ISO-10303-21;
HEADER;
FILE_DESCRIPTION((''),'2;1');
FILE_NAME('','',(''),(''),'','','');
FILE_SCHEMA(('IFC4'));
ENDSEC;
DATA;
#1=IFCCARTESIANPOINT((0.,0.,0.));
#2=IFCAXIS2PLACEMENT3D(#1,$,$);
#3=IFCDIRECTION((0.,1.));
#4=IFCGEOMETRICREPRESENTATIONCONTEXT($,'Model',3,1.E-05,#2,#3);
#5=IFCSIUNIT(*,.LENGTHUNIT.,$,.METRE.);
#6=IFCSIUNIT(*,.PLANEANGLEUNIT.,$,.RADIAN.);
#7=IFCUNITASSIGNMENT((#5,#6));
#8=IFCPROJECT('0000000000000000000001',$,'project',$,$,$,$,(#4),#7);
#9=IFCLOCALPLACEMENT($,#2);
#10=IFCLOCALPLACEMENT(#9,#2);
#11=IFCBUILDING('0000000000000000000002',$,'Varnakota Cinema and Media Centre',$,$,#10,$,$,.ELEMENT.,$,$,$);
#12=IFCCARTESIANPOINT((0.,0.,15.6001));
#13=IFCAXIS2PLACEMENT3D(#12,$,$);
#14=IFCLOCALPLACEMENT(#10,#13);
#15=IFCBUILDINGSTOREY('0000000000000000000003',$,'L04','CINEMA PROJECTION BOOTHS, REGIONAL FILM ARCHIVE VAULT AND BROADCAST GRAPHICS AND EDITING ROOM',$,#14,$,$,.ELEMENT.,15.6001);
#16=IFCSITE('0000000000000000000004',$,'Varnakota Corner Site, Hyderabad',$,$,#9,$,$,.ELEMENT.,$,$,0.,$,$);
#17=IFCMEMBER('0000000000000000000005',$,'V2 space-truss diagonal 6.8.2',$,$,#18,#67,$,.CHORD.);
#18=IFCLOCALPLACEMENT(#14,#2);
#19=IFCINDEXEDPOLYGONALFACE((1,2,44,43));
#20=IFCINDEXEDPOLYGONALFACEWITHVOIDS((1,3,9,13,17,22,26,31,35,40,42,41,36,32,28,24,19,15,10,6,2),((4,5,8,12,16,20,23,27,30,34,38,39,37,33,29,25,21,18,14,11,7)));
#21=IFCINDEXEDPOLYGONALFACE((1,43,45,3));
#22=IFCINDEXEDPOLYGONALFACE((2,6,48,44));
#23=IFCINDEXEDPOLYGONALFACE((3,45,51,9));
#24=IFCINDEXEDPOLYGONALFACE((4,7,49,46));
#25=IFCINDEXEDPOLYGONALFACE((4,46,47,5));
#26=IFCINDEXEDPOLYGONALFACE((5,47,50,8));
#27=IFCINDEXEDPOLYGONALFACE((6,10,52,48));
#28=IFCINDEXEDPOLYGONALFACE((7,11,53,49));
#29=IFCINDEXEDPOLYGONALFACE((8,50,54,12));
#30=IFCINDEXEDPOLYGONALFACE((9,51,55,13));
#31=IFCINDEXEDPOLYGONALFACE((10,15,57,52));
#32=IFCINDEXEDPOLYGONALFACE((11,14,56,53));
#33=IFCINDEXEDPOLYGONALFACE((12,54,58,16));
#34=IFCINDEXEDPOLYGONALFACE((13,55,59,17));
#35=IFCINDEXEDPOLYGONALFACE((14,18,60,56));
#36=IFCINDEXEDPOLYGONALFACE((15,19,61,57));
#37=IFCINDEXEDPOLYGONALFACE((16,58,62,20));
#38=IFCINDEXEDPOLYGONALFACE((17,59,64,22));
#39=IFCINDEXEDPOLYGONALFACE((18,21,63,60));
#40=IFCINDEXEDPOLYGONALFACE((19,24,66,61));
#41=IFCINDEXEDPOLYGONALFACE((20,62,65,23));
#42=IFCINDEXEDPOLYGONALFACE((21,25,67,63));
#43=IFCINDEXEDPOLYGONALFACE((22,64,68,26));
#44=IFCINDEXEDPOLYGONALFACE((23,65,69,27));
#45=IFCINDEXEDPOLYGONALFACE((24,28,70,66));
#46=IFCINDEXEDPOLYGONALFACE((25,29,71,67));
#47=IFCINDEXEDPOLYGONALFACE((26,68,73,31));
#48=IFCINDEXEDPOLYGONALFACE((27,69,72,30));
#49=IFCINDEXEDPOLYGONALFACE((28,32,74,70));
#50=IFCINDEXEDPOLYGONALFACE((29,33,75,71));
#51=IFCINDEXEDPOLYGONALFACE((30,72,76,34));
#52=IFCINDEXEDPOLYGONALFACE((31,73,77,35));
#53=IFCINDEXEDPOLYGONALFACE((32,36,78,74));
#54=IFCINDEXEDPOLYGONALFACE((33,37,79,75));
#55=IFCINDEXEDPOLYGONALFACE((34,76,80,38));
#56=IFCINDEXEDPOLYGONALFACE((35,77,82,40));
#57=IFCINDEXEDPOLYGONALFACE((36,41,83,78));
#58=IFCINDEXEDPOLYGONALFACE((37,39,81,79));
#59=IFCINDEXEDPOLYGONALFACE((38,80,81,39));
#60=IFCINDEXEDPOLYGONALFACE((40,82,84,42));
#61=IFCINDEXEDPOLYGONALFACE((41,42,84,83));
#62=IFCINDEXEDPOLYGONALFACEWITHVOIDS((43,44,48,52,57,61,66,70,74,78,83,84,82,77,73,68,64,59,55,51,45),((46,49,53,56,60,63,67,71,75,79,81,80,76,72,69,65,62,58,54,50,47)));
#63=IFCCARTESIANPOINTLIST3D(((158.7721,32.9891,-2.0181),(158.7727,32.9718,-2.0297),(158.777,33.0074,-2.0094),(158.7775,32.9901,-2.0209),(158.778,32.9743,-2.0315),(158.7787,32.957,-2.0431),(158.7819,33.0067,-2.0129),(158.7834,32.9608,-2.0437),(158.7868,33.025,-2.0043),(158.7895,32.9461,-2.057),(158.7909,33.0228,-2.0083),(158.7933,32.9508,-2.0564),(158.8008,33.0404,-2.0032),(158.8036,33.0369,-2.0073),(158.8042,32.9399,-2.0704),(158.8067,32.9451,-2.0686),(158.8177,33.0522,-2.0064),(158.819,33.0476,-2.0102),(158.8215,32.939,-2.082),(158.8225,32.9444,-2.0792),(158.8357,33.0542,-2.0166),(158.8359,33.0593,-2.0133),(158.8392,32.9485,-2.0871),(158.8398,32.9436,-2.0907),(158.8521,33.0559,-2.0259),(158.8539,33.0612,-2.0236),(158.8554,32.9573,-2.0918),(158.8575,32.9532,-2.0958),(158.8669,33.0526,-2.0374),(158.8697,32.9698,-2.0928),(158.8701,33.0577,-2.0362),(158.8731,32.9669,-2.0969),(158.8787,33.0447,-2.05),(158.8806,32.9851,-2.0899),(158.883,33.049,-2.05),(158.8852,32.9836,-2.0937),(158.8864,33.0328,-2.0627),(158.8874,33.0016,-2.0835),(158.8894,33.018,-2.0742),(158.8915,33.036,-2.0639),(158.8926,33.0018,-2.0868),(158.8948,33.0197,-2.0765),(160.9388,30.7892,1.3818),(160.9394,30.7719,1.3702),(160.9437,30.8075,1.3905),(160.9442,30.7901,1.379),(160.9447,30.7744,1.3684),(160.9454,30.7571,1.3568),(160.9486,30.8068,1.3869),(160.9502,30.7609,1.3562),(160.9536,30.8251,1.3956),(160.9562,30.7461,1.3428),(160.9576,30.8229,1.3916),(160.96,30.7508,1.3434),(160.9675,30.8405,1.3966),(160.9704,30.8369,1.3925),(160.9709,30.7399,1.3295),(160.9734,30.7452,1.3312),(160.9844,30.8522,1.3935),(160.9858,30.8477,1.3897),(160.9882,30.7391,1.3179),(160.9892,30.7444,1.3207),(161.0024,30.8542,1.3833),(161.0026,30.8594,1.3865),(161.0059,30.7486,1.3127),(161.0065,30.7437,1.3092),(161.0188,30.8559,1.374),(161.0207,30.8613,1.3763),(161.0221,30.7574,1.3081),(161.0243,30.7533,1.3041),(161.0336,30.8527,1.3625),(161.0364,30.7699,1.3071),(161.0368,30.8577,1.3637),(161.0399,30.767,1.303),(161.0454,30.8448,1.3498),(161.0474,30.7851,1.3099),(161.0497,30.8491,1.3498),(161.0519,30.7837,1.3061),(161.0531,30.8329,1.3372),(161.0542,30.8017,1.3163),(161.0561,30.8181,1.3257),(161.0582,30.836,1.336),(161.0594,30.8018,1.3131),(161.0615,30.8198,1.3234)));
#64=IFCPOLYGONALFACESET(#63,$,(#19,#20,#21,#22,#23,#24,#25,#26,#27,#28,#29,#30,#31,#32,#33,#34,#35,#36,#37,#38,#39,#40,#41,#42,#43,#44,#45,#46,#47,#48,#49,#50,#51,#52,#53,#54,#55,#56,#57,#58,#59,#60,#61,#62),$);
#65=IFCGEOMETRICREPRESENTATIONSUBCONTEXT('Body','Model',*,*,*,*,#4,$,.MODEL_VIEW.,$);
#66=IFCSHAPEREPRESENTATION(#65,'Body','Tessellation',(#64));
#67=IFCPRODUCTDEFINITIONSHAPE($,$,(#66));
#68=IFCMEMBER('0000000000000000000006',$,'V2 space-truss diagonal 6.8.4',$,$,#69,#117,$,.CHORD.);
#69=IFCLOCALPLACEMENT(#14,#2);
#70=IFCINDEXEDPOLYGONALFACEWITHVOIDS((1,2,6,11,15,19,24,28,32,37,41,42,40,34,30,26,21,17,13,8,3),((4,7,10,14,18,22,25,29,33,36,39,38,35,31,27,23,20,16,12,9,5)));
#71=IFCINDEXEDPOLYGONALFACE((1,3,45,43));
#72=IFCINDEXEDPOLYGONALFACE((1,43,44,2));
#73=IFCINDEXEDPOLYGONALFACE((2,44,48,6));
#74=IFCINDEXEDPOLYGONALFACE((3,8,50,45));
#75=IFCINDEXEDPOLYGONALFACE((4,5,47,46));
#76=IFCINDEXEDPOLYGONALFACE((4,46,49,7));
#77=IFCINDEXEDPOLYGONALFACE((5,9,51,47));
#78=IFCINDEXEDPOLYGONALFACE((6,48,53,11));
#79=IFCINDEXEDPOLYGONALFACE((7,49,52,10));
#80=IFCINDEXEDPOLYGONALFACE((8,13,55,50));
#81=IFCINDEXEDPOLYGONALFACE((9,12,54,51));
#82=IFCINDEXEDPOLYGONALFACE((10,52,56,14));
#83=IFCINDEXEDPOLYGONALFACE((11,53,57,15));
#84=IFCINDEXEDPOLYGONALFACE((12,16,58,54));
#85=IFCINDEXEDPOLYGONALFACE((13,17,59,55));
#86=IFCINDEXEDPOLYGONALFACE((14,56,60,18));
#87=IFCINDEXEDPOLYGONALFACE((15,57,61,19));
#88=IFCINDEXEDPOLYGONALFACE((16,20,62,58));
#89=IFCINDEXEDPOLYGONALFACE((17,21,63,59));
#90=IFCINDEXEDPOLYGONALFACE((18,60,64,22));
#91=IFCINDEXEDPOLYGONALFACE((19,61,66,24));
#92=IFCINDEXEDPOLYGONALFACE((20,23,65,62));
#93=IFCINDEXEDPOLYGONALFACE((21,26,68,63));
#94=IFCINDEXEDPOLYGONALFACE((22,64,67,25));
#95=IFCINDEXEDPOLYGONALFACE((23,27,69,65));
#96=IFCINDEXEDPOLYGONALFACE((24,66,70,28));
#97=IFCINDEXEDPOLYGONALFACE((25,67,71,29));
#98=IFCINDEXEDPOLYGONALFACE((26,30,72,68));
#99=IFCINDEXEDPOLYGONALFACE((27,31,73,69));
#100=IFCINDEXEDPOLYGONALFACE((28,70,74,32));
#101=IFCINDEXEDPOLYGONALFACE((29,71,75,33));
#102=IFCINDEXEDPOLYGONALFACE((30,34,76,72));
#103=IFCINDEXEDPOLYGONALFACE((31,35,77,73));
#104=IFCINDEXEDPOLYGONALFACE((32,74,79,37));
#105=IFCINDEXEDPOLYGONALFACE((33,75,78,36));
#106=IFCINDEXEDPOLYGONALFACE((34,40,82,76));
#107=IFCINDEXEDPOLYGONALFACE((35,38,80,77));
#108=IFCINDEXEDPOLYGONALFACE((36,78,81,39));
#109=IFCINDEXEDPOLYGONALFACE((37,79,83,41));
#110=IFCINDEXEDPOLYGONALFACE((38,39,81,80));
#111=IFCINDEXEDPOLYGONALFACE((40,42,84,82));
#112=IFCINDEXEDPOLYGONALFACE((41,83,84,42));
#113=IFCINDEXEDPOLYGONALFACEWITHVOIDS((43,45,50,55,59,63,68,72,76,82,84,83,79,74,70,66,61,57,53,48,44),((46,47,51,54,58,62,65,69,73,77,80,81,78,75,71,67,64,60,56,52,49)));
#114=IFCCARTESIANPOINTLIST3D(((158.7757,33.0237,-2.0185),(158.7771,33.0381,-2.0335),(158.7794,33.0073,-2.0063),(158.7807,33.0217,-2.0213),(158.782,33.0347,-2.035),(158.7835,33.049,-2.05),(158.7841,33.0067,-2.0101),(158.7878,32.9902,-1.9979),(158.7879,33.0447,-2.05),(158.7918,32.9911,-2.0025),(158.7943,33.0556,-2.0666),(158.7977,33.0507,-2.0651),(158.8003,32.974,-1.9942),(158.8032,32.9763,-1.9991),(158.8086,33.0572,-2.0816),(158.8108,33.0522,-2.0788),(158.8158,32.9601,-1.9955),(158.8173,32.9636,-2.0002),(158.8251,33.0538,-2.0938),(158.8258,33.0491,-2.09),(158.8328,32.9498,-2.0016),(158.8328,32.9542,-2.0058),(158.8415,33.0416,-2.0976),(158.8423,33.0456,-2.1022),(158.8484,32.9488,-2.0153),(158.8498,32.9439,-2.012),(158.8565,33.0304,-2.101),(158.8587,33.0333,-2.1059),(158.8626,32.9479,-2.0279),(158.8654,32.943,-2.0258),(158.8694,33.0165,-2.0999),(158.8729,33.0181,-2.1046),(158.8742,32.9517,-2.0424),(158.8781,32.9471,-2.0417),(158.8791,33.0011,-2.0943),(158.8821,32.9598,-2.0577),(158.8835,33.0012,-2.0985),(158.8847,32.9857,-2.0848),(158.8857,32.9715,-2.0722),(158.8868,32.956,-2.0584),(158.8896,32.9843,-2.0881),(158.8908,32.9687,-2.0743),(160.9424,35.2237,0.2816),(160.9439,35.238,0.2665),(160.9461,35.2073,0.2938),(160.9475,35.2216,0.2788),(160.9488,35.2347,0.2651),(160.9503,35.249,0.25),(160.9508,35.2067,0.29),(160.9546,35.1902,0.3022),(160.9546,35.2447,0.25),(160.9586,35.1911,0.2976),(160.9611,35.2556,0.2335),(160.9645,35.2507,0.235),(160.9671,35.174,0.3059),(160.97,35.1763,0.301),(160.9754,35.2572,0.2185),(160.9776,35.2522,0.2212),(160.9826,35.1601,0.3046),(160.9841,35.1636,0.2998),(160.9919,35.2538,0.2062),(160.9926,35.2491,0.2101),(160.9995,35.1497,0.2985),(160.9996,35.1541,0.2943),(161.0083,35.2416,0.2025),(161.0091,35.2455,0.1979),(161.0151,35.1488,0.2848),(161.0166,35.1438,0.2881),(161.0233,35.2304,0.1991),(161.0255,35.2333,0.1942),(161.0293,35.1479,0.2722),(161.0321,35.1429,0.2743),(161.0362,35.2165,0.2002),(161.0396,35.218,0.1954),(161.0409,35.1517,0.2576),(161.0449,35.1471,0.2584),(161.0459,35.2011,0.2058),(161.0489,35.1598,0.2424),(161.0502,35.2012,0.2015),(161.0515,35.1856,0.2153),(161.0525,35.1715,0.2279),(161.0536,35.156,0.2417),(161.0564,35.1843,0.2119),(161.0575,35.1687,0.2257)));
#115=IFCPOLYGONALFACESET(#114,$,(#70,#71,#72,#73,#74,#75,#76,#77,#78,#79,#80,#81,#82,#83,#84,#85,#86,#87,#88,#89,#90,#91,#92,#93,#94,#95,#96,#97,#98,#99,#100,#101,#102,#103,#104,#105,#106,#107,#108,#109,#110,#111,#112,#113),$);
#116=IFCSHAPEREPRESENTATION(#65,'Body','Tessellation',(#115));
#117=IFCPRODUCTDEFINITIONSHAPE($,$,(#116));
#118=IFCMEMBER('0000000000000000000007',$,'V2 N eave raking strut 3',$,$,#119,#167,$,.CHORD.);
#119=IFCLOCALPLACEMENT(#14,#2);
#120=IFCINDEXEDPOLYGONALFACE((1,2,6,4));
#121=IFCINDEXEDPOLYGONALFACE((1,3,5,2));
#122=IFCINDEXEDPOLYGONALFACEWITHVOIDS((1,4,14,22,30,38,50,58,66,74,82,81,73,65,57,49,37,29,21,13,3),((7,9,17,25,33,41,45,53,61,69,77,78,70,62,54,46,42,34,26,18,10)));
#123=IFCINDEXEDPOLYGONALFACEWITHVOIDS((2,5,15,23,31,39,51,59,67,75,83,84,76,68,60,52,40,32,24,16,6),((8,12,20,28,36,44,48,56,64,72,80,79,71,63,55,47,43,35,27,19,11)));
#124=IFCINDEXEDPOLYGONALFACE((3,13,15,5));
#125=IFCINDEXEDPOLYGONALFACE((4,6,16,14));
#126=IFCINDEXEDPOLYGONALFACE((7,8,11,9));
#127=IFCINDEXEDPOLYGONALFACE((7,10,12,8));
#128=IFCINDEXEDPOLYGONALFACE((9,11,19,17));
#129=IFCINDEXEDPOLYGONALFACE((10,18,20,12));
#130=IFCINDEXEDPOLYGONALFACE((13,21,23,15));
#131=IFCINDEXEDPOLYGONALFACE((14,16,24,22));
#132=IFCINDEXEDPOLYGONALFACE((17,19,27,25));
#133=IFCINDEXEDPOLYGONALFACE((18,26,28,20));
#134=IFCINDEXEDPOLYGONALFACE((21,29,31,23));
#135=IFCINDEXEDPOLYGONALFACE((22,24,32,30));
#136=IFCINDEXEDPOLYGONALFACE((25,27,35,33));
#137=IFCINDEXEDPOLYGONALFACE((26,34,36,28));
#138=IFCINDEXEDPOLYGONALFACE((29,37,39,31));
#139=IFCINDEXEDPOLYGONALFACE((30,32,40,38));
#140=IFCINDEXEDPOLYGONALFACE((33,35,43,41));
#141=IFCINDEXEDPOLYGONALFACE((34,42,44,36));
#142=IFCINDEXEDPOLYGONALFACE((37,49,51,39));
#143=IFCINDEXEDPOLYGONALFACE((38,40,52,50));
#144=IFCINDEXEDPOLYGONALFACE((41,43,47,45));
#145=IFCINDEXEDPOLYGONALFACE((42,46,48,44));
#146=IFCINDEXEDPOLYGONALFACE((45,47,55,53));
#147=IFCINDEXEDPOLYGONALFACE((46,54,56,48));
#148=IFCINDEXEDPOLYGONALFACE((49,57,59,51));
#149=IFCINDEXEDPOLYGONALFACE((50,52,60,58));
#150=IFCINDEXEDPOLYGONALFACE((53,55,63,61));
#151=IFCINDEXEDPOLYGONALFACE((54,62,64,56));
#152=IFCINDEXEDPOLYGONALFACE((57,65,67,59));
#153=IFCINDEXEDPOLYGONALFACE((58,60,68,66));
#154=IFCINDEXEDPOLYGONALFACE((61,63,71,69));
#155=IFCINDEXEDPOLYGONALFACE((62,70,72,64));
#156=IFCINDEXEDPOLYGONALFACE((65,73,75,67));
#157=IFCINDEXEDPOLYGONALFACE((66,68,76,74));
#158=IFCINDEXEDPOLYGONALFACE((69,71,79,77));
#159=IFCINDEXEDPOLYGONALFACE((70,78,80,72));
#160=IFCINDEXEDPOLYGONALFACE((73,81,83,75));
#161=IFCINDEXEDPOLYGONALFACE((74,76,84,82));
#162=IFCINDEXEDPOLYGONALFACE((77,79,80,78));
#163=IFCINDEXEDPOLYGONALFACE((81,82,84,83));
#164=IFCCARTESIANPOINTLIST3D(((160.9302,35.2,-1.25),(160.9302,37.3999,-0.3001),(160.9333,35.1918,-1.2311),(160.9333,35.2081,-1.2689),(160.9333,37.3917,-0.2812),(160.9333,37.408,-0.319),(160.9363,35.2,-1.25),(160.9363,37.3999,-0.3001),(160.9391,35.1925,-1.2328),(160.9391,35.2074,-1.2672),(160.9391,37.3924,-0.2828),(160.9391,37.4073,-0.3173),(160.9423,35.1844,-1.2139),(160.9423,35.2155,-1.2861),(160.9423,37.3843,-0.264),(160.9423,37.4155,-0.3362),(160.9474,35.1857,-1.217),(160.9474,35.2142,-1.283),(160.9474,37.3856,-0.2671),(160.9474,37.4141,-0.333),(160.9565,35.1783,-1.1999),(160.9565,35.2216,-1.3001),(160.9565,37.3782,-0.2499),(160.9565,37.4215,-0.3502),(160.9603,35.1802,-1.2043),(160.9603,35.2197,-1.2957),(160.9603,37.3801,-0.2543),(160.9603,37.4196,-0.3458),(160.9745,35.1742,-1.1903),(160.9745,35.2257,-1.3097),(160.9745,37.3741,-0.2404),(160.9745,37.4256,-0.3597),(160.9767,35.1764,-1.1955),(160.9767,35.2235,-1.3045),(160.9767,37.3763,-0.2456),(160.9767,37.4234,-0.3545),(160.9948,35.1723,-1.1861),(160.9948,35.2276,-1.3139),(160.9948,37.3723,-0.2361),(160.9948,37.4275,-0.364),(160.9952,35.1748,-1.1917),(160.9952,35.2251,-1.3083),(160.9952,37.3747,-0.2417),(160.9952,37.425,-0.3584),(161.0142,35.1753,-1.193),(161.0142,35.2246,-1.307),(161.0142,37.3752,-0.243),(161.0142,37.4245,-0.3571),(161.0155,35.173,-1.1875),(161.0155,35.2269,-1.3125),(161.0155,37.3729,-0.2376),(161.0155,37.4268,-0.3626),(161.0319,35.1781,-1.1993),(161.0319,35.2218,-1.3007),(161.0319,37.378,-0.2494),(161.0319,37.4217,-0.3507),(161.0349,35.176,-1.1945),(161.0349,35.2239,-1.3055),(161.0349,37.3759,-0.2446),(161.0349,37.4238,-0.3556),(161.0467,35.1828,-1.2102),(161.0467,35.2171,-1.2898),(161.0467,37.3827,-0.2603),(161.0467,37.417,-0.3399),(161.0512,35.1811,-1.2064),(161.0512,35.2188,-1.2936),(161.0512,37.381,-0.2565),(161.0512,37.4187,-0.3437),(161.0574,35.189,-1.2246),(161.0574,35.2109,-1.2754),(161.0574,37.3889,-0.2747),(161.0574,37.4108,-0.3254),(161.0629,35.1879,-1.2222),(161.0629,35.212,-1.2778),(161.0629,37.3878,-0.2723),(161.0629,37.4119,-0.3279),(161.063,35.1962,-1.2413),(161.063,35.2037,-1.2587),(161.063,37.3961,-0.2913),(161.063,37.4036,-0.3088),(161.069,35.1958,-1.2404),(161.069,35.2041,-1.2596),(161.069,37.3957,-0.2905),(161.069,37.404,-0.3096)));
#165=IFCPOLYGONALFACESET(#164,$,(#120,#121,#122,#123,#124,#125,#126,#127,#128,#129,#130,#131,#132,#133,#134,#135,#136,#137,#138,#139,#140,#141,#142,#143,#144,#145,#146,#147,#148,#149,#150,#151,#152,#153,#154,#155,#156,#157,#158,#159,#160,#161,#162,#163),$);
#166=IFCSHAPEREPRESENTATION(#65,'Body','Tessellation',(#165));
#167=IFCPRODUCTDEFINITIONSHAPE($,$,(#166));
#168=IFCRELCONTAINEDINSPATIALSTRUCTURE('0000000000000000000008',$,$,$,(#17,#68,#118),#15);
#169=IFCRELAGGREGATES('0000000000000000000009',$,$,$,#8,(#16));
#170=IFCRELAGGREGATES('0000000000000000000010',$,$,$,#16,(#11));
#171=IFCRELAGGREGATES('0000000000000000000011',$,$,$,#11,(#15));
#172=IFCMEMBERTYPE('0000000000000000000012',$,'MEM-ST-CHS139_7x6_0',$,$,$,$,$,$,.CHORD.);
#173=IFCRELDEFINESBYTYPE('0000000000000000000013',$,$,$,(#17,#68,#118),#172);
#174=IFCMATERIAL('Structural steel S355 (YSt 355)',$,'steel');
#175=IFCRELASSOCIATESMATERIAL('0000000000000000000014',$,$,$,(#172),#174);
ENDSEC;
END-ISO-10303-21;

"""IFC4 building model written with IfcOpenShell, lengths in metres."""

from ifc_helpers import new_model, si_unit, direction, frame, origin, origin_2d, place, context, subcontext, project, spatial, hollow_circle, extrude, material, material_profile, profile_set, type_object, element, save


model = new_model("IFC4")

# Units and contexts
model_context = context("Model", 3, precision=1e-05, world=origin(), true_north=direction((0.0, 1.0)))
body_context = subcontext(model_context, "Body", "Model", "MODEL_VIEW")
ifc_project = project(units=[si_unit("LENGTHUNIT", "METRE"), si_unit("PLANEANGLEUNIT", "RADIAN")], contexts=[model_context])

# Site, building, storey
site_placement = place(None, origin())
site = spatial("IfcSite", under=ifc_project, at=site_placement, Name="Varnakota Corner Site, Hyderabad", CompositionType="ELEMENT", RefElevation=0.0)
building_placement = place(site_placement, origin())
building = spatial("IfcBuilding", under=site, at=building_placement, Name="Varnakota Cinema and Media Centre", CompositionType="ELEMENT")
storey_placement = place(building_placement, frame((0.0, 0.0, 15.6001)))
storey = spatial("IfcBuildingStorey", under=building, at=storey_placement, Name="L04", Description="CINEMA PROJECTION BOOTHS, REGIONAL FILM ARCHIVE VAULT AND BROADCAST GRAPHICS AND EDITING ROOM", CompositionType="ELEMENT", Elevation=15.6001)

# Members
ifc_material_1 = material(Name="Structural steel S355 (YSt 355)", Category="steel")
ifc_material_profile_1 = material_profile(ifc_material_1, hollow_circle(Radius=0.0698, WallThickness=0.0061, at=origin_2d()), Name="CHS 139.7x6.0")
ifc_profile_set_1 = profile_set([ifc_material_profile_1], Name="Structural steel S355 (YSt 355)")
member_type_1 = type_object("IfcMemberType", Name="MEM-ST-CHS139_7x6_0", PredefinedType="CHORD", material=ifc_profile_set_1)
member_1_placement = place(storey_placement, frame((158.8333, 33.0, -2.05), z_axis=(0.471769, -0.478999, 0.740266), x_axis=(0.712463, 0.70171, 0.0)))
element("IfcMember", 1, at=member_1_placement, inside=storey, type_object=member_type_1, Name="V2 space-truss diagonal 6.8.2", PredefinedType="CHORD", context=body_context, shape_type="SweptSolid", body=[
    extrude(hollow_circle(Radius=0.0698, WallThickness=0.0061, at=origin_2d()), origin(), (0.0, 0.0, 1.0), 4.5928),
])
member_2_placement = place(storey_placement, frame((158.8333, 33.0, -2.05), z_axis=(0.562748, 0.571371, 0.597369), x_axis=(-0.712463, 0.70171, 0.0)))
element("IfcMember", 2, at=member_2_placement, inside=storey, type_object=member_type_1, Name="V2 space-truss diagonal 6.8.4", PredefinedType="CHORD", context=body_context, shape_type="SweptSolid", body=[
    extrude(hollow_circle(Radius=0.0698, WallThickness=0.0061, at=origin_2d()), origin(), (0.0, 0.0, 1.0), 3.8503),
])
member_3_placement = place(storey_placement, frame((161.0, 35.2, -1.25), z_axis=(0.0, 0.918067, 0.396426), x_axis=(-1.0, 0.0, 0.0)))
element("IfcMember", 3, at=member_3_placement, inside=storey, type_object=member_type_1, Name="V2 N eave raking strut 3", PredefinedType="CHORD", context=body_context, shape_type="SweptSolid", body=[
    extrude(hollow_circle(Radius=0.0698, WallThickness=0.0061, at=origin_2d()), origin(), (0.0, 0.0, 1.0), 2.3962),
])

save(model, "model.ifc")
